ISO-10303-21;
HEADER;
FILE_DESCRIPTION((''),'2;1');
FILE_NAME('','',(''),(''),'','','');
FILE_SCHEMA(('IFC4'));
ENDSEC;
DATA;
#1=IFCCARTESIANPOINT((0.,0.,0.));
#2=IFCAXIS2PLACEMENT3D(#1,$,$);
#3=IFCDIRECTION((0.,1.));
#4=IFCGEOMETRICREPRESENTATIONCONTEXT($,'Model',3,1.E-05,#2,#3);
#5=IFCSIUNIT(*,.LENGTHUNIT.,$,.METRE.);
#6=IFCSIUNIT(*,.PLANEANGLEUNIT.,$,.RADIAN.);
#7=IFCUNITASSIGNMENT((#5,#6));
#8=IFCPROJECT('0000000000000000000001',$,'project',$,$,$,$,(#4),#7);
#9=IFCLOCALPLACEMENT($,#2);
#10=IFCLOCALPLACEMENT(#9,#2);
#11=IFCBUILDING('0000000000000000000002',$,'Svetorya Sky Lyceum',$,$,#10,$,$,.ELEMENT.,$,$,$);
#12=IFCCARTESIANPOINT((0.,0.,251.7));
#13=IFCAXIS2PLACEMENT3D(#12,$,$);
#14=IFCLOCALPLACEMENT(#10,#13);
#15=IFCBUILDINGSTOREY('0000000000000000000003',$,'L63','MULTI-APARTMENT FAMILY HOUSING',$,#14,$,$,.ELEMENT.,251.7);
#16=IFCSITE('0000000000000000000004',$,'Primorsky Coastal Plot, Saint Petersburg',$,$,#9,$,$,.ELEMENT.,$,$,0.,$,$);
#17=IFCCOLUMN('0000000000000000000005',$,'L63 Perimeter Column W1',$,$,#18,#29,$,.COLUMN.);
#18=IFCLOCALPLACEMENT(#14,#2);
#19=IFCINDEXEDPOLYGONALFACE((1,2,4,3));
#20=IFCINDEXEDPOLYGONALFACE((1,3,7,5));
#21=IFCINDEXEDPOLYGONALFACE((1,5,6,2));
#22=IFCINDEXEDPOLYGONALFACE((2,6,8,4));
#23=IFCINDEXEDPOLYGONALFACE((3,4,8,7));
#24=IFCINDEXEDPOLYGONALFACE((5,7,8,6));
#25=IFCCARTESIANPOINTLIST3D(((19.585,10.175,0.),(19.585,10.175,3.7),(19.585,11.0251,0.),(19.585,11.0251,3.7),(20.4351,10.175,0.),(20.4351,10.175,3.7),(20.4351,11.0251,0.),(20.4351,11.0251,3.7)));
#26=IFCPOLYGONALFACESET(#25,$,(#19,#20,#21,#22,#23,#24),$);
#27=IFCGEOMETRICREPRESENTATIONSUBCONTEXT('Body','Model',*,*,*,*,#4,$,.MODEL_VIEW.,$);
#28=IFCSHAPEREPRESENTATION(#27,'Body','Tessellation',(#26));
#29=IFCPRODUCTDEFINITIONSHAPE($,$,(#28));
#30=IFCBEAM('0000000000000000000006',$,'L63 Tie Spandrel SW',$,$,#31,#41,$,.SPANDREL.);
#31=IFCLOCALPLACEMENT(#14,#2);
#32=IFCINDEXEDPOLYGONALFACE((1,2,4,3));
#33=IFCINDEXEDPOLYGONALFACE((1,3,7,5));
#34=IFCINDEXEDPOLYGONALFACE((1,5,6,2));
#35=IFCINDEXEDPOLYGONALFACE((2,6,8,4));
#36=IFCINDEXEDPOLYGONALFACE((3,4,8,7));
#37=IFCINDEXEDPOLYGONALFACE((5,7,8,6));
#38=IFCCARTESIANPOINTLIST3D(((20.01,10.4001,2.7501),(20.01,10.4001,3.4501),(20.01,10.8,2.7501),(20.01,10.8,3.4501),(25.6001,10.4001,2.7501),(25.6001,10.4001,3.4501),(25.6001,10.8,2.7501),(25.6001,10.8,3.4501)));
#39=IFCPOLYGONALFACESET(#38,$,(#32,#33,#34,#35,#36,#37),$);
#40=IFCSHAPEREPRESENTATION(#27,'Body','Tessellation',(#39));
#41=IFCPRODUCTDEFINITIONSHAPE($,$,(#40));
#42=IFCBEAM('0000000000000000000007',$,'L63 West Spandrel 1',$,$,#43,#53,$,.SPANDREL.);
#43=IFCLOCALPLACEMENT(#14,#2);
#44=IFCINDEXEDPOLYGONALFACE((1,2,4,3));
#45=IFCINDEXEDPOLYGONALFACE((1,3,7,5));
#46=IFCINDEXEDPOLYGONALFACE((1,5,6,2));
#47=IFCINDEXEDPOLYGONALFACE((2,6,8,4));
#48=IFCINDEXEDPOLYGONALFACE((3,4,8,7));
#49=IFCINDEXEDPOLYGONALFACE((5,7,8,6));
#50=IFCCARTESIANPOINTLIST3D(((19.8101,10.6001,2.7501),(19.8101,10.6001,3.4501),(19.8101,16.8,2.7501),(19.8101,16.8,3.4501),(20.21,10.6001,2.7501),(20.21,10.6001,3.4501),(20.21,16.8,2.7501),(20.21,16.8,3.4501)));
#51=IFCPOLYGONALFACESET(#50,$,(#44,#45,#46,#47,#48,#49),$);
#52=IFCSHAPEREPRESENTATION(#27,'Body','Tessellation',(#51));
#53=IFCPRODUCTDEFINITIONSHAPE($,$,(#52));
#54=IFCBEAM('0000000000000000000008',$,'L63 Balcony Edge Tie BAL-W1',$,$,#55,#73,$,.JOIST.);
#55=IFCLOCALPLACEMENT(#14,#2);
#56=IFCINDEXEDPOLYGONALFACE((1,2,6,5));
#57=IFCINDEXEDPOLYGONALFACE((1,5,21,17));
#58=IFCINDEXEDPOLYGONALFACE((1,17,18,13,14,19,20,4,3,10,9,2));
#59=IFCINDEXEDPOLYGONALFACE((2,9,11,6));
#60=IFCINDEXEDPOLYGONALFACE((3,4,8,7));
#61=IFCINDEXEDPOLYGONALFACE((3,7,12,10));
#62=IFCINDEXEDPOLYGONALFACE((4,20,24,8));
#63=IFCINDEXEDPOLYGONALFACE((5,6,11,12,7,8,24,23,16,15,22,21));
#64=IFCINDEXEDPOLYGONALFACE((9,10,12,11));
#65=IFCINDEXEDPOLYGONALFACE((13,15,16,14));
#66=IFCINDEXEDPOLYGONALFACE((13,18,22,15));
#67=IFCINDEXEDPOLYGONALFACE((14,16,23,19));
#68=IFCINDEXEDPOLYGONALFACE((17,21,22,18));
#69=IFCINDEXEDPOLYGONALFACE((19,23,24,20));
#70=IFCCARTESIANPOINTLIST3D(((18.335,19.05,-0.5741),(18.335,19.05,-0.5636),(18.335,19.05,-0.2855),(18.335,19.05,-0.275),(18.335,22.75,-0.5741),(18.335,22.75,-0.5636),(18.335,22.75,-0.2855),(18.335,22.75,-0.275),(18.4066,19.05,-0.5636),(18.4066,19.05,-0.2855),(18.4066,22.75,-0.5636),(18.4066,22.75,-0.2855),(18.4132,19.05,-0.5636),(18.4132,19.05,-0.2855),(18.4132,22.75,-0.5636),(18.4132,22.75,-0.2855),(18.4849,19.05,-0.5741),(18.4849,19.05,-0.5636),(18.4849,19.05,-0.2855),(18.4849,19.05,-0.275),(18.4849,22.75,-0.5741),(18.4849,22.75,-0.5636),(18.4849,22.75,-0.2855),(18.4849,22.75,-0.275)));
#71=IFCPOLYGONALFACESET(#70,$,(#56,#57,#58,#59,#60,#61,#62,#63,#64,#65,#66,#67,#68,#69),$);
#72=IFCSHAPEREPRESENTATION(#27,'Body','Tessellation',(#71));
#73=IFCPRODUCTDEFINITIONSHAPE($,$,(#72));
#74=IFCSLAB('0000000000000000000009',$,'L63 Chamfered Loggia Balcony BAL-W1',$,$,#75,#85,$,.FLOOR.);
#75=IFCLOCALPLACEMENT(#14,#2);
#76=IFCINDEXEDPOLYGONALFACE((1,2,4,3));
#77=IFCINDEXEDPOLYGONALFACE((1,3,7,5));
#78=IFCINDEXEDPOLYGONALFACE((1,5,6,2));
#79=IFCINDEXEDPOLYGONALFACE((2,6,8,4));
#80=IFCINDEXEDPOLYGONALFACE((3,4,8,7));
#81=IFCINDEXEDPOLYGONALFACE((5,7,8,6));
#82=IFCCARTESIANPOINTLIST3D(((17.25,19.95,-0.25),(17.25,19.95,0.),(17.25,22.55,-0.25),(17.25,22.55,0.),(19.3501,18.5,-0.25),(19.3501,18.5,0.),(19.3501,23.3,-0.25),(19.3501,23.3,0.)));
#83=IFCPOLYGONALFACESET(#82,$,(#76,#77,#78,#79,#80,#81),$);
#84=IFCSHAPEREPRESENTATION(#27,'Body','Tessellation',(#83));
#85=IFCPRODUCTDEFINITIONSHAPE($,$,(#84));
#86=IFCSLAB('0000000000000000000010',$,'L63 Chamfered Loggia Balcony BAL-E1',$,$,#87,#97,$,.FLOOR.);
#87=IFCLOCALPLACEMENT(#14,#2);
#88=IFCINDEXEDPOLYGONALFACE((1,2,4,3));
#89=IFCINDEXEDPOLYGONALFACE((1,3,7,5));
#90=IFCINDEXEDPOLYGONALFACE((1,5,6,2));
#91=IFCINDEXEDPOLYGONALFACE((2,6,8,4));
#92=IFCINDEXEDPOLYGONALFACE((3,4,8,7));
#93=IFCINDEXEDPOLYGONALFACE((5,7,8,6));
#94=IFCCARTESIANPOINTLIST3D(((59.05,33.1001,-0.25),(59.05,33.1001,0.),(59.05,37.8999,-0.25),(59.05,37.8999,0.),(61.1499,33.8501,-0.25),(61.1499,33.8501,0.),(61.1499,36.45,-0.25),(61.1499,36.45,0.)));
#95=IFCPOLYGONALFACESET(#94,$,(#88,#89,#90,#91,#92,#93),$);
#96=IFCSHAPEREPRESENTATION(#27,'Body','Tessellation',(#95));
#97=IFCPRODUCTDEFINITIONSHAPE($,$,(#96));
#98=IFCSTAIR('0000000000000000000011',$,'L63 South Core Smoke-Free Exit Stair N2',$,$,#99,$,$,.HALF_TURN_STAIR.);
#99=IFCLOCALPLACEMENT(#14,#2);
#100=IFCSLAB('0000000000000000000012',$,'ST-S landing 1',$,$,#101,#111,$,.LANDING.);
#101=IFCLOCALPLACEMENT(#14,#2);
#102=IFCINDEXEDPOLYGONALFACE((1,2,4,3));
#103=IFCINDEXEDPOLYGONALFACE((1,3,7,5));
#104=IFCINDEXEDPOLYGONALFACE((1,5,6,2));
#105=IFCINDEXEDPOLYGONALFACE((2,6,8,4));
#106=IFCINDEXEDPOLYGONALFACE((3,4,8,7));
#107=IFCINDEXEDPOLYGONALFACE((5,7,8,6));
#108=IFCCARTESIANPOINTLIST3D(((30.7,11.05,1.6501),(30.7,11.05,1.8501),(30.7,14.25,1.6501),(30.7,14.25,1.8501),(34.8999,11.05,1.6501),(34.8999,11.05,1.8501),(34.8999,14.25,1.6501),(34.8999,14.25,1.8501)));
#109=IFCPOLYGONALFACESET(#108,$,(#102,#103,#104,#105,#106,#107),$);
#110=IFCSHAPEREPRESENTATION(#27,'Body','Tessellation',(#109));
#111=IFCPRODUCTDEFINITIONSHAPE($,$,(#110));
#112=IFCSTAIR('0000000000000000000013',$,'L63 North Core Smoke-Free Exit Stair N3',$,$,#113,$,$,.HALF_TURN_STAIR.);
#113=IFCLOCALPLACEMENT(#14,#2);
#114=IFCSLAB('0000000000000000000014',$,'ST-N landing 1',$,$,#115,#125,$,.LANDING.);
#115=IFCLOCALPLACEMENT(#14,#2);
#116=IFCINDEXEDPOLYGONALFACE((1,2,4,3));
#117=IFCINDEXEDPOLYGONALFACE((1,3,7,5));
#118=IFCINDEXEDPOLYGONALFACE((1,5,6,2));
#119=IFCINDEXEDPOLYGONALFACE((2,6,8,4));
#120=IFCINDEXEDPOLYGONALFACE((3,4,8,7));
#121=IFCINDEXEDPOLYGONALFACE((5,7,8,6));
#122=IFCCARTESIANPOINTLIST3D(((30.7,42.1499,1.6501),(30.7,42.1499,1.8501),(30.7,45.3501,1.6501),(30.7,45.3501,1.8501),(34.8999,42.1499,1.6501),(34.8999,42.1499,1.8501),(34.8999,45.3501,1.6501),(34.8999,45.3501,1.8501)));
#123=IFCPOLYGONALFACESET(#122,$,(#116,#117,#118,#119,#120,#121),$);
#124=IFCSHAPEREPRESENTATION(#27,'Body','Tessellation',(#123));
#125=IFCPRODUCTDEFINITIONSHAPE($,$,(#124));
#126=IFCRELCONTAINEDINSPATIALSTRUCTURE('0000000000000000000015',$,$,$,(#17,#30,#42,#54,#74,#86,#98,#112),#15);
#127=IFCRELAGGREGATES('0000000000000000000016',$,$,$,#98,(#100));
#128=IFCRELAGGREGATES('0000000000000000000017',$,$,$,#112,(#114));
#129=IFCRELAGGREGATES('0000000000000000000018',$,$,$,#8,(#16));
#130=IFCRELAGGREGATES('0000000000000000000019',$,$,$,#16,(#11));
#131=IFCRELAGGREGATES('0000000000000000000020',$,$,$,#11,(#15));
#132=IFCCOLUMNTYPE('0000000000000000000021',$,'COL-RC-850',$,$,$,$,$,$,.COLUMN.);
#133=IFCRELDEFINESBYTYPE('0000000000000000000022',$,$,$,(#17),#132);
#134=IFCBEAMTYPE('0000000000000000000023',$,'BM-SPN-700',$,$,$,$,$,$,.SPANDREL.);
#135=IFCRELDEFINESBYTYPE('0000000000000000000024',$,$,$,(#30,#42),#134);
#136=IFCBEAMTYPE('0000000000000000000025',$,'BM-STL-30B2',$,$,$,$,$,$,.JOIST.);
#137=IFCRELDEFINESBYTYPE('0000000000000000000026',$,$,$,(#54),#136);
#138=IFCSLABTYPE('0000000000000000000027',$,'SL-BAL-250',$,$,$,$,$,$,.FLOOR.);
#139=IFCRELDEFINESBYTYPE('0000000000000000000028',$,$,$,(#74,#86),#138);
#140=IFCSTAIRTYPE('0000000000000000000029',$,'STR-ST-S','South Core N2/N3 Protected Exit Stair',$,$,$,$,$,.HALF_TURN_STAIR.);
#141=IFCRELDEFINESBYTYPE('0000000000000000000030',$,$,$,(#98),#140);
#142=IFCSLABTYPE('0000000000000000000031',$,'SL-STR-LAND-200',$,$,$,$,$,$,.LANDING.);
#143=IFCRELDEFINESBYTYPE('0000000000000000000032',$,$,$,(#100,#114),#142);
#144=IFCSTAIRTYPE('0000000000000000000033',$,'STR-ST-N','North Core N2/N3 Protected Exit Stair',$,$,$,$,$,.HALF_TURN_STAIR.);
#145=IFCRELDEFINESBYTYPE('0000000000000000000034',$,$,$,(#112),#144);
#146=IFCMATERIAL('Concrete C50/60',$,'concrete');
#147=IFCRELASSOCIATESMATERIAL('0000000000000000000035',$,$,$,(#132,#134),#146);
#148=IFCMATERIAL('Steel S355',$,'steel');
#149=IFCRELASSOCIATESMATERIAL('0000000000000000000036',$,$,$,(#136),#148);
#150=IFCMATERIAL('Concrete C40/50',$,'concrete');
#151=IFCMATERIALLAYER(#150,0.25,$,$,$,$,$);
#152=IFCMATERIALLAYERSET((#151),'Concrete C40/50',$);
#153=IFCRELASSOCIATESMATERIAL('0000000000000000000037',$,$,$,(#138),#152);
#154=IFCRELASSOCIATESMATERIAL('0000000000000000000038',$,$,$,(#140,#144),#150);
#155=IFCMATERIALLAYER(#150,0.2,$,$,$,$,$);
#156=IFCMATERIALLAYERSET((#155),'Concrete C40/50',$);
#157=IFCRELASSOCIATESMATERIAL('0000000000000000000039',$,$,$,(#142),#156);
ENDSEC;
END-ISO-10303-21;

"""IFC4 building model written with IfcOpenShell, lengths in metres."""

from ifc_helpers import new_model, si_unit, direction, frame, origin, origin_2d, place, context, subcontext, project, spatial, polyline, rectangle, i_section, outline, extrude, material, layer, layer_set, material_profile, profile_set, type_object, element, aggregate, save


model = new_model("IFC4")

# Units and contexts
model_context = context("Model", 3, precision=1e-05, world=origin(), true_north=direction((0.0, 1.0)))
body_context = subcontext(model_context, "Body", "Model", "MODEL_VIEW")
ifc_project = project(units=[si_unit("LENGTHUNIT", "METRE"), si_unit("PLANEANGLEUNIT", "RADIAN")], contexts=[model_context])

# Site, building, storey
site_placement = place(None, origin())
site = spatial("IfcSite", under=ifc_project, at=site_placement, Name="Primorsky Coastal Plot, Saint Petersburg", CompositionType="ELEMENT", RefElevation=0.0)
building_placement = place(site_placement, origin())
building = spatial("IfcBuilding", under=site, at=building_placement, Name="Svetorya Sky Lyceum", CompositionType="ELEMENT")
storey_placement = place(building_placement, frame((0.0, 0.0, 251.7)))
storey = spatial("IfcBuildingStorey", under=building, at=storey_placement, Name="L63", Description="MULTI-APARTMENT FAMILY HOUSING", CompositionType="ELEMENT", Elevation=251.7)

# Column
ifc_material_1 = material(Name="Concrete C50/60", Category="concrete")
ifc_material_profile_1 = material_profile(ifc_material_1, rectangle(XDim=0.8501, YDim=0.8501, at=origin_2d()), Name="RC COL 850x850")
ifc_profile_set_1 = profile_set([ifc_material_profile_1], Name="Concrete C50/60")
column_type = type_object("IfcColumnType", Name="COL-RC-850", PredefinedType="COLUMN", material=ifc_profile_set_1)
column_placement = place(storey_placement, frame((20.01, 10.6001, 0.0), z_axis=(0.0, 0.0, 1.0), x_axis=(1.0, 0.0, 0.0)))
element("IfcColumn", 1, at=column_placement, inside=storey, type_object=column_type, Name="L63 Perimeter Column W1", PredefinedType="COLUMN", context=body_context, shape_type="SweptSolid", body=[
    extrude(rectangle(XDim=0.8501, YDim=0.8501, at=origin_2d()), origin(), (0.0, 0.0, 1.0), 3.7),
])

# Beams
ifc_material_profile_2 = material_profile(ifc_material_1, rectangle(XDim=0.3999, YDim=0.7, at=origin_2d()), Name="RC SPANDREL 400x700")
ifc_profile_set_2 = profile_set([ifc_material_profile_2], Name="Concrete C50/60")
beam_type_1 = type_object("IfcBeamType", Name="BM-SPN-700", PredefinedType="SPANDREL", material=ifc_profile_set_2)
beam_1_placement = place(storey_placement, frame((20.01, 10.6001, 3.1001), z_axis=(1.0, 0.0, 0.0), x_axis=(0.0, 1.0, 0.0)))
element("IfcBeam", 2, at=beam_1_placement, inside=storey, type_object=beam_type_1, Name="L63 Tie Spandrel SW", PredefinedType="SPANDREL", context=body_context, shape_type="SweptSolid", body=[
    extrude(rectangle(XDim=0.3999, YDim=0.7, at=origin_2d()), origin(), (0.0, 0.0, 1.0), 5.5901),
])
beam_2_placement = place(storey_placement, frame((20.01, 10.6001, 3.1001), z_axis=(0.0, 1.0, 0.0), x_axis=(-1.0, 0.0, 0.0)))
element("IfcBeam", 3, at=beam_2_placement, inside=storey, type_object=beam_type_1, Name="L63 West Spandrel 1", PredefinedType="SPANDREL", context=body_context, shape_type="SweptSolid", body=[
    extrude(rectangle(XDim=0.3999, YDim=0.7, at=origin_2d()), origin(), (0.0, 0.0, 1.0), 6.2),
])
ifc_material_2 = material(Name="Steel S355", Category="steel")
ifc_material_profile_3 = material_profile(ifc_material_2, i_section(OverallWidth=0.1499, OverallDepth=0.2991, WebThickness=0.0066, FlangeThickness=0.0105, at=origin_2d()), Name="GOST 30B2")
ifc_profile_set_3 = profile_set([ifc_material_profile_3], Name="Steel S355")
beam_type_2 = type_object("IfcBeamType", Name="BM-STL-30B2", PredefinedType="JOIST", material=ifc_profile_set_3)
beam_3_placement = place(storey_placement, frame((18.4099, 19.05, -0.4246), z_axis=(0.0, 1.0, 0.0), x_axis=(-1.0, 0.0, 0.0)))
element("IfcBeam", 4, at=beam_3_placement, inside=storey, type_object=beam_type_2, Name="L63 Balcony Edge Tie BAL-W1", PredefinedType="JOIST", context=body_context, shape_type="SweptSolid", body=[
    extrude(i_section(OverallWidth=0.1499, OverallDepth=0.2991, WebThickness=0.0066, FlangeThickness=0.0105, at=origin_2d()), origin(), (0.0, 0.0, 1.0), 3.7),
])

# Slabs
ifc_material_3 = material(Name="Concrete C40/50", Category="concrete")
ifc_layer_1 = layer(ifc_material_3, 0.25)
ifc_layer_set_1 = layer_set([ifc_layer_1], Name="Concrete C40/50")
slab_type_1 = type_object("IfcSlabType", Name="SL-BAL-250", PredefinedType="FLOOR", material=ifc_layer_set_1)
slab_1_placement = place(storey_placement, frame((0.0, 0.0, -0.25)))
element("IfcSlab", 5, at=slab_1_placement, inside=storey, type_object=slab_type_1, Name="L63 Chamfered Loggia Balcony BAL-W1", PredefinedType="FLOOR", context=body_context, shape_type="SweptSolid", body=[
    extrude(outline(polyline([(19.3501, 18.5), (19.3501, 23.3), (17.25, 22.55), (17.25, 19.95), (19.3501, 18.5)])), origin(), (0.0, 0.0, 1.0), 0.25),
])
slab_2_placement = place(storey_placement, frame((0.0, 0.0, -0.25)))
element("IfcSlab", 6, at=slab_2_placement, inside=storey, type_object=slab_type_1, Name="L63 Chamfered Loggia Balcony BAL-E1", PredefinedType="FLOOR", context=body_context, shape_type="SweptSolid", body=[
    extrude(outline(polyline([(59.05, 33.1001), (61.1499, 33.8501), (61.1499, 36.45), (59.05, 37.8999), (59.05, 33.1001)])), origin(), (0.0, 0.0, 1.0), 0.25),
])

# Stairs, slabs
stair_type_1 = type_object("IfcStairType", Name="STR-ST-S", Description="South Core N2/N3 Protected Exit Stair", PredefinedType="HALF_TURN_STAIR", material=ifc_material_3)
stair_1_placement = place(storey_placement, origin())
stair_1 = element("IfcStair", 7, at=stair_1_placement, inside=storey, type_object=stair_type_1, Name="L63 South Core Smoke-Free Exit Stair N2", PredefinedType="HALF_TURN_STAIR")
ifc_layer_2 = layer(ifc_material_3, 0.2)
ifc_layer_set_2 = layer_set([ifc_layer_2], Name="Concrete C40/50")
slab_type_2 = type_object("IfcSlabType", Name="SL-STR-LAND-200", PredefinedType="LANDING", material=ifc_layer_set_2)
slab_3_placement = place(storey_placement, frame((0.0, 0.0, 1.6501)))
slab_3 = element("IfcSlab", 8, at=slab_3_placement, type_object=slab_type_2, Name="ST-S landing 1", PredefinedType="LANDING", context=body_context, shape_type="SweptSolid", body=[
    extrude(outline(polyline([(30.7, 11.05), (34.8999, 11.05), (34.8999, 14.25), (30.7, 14.25), (30.7, 11.05)])), origin(), (0.0, 0.0, 1.0), 0.2),
])
aggregate(stair_1, [slab_3])
stair_type_2 = type_object("IfcStairType", Name="STR-ST-N", Description="North Core N2/N3 Protected Exit Stair", PredefinedType="HALF_TURN_STAIR", material=ifc_material_3)
stair_2_placement = place(storey_placement, origin())
stair_2 = element("IfcStair", 9, at=stair_2_placement, inside=storey, type_object=stair_type_2, Name="L63 North Core Smoke-Free Exit Stair N3", PredefinedType="HALF_TURN_STAIR")
slab_4_placement = place(storey_placement, frame((0.0, 0.0, 1.6501)))
slab_4 = element("IfcSlab", 10, at=slab_4_placement, type_object=slab_type_2, Name="ST-N landing 1", PredefinedType="LANDING", context=body_context, shape_type="SweptSolid", body=[
    extrude(outline(polyline([(30.7, 42.1499), (34.8999, 42.1499), (34.8999, 45.3501), (30.7, 45.3501), (30.7, 42.1499)])), origin(), (0.0, 0.0, 1.0), 0.2),
])
aggregate(stair_2, [slab_4])

save(model, "model.ifc")
